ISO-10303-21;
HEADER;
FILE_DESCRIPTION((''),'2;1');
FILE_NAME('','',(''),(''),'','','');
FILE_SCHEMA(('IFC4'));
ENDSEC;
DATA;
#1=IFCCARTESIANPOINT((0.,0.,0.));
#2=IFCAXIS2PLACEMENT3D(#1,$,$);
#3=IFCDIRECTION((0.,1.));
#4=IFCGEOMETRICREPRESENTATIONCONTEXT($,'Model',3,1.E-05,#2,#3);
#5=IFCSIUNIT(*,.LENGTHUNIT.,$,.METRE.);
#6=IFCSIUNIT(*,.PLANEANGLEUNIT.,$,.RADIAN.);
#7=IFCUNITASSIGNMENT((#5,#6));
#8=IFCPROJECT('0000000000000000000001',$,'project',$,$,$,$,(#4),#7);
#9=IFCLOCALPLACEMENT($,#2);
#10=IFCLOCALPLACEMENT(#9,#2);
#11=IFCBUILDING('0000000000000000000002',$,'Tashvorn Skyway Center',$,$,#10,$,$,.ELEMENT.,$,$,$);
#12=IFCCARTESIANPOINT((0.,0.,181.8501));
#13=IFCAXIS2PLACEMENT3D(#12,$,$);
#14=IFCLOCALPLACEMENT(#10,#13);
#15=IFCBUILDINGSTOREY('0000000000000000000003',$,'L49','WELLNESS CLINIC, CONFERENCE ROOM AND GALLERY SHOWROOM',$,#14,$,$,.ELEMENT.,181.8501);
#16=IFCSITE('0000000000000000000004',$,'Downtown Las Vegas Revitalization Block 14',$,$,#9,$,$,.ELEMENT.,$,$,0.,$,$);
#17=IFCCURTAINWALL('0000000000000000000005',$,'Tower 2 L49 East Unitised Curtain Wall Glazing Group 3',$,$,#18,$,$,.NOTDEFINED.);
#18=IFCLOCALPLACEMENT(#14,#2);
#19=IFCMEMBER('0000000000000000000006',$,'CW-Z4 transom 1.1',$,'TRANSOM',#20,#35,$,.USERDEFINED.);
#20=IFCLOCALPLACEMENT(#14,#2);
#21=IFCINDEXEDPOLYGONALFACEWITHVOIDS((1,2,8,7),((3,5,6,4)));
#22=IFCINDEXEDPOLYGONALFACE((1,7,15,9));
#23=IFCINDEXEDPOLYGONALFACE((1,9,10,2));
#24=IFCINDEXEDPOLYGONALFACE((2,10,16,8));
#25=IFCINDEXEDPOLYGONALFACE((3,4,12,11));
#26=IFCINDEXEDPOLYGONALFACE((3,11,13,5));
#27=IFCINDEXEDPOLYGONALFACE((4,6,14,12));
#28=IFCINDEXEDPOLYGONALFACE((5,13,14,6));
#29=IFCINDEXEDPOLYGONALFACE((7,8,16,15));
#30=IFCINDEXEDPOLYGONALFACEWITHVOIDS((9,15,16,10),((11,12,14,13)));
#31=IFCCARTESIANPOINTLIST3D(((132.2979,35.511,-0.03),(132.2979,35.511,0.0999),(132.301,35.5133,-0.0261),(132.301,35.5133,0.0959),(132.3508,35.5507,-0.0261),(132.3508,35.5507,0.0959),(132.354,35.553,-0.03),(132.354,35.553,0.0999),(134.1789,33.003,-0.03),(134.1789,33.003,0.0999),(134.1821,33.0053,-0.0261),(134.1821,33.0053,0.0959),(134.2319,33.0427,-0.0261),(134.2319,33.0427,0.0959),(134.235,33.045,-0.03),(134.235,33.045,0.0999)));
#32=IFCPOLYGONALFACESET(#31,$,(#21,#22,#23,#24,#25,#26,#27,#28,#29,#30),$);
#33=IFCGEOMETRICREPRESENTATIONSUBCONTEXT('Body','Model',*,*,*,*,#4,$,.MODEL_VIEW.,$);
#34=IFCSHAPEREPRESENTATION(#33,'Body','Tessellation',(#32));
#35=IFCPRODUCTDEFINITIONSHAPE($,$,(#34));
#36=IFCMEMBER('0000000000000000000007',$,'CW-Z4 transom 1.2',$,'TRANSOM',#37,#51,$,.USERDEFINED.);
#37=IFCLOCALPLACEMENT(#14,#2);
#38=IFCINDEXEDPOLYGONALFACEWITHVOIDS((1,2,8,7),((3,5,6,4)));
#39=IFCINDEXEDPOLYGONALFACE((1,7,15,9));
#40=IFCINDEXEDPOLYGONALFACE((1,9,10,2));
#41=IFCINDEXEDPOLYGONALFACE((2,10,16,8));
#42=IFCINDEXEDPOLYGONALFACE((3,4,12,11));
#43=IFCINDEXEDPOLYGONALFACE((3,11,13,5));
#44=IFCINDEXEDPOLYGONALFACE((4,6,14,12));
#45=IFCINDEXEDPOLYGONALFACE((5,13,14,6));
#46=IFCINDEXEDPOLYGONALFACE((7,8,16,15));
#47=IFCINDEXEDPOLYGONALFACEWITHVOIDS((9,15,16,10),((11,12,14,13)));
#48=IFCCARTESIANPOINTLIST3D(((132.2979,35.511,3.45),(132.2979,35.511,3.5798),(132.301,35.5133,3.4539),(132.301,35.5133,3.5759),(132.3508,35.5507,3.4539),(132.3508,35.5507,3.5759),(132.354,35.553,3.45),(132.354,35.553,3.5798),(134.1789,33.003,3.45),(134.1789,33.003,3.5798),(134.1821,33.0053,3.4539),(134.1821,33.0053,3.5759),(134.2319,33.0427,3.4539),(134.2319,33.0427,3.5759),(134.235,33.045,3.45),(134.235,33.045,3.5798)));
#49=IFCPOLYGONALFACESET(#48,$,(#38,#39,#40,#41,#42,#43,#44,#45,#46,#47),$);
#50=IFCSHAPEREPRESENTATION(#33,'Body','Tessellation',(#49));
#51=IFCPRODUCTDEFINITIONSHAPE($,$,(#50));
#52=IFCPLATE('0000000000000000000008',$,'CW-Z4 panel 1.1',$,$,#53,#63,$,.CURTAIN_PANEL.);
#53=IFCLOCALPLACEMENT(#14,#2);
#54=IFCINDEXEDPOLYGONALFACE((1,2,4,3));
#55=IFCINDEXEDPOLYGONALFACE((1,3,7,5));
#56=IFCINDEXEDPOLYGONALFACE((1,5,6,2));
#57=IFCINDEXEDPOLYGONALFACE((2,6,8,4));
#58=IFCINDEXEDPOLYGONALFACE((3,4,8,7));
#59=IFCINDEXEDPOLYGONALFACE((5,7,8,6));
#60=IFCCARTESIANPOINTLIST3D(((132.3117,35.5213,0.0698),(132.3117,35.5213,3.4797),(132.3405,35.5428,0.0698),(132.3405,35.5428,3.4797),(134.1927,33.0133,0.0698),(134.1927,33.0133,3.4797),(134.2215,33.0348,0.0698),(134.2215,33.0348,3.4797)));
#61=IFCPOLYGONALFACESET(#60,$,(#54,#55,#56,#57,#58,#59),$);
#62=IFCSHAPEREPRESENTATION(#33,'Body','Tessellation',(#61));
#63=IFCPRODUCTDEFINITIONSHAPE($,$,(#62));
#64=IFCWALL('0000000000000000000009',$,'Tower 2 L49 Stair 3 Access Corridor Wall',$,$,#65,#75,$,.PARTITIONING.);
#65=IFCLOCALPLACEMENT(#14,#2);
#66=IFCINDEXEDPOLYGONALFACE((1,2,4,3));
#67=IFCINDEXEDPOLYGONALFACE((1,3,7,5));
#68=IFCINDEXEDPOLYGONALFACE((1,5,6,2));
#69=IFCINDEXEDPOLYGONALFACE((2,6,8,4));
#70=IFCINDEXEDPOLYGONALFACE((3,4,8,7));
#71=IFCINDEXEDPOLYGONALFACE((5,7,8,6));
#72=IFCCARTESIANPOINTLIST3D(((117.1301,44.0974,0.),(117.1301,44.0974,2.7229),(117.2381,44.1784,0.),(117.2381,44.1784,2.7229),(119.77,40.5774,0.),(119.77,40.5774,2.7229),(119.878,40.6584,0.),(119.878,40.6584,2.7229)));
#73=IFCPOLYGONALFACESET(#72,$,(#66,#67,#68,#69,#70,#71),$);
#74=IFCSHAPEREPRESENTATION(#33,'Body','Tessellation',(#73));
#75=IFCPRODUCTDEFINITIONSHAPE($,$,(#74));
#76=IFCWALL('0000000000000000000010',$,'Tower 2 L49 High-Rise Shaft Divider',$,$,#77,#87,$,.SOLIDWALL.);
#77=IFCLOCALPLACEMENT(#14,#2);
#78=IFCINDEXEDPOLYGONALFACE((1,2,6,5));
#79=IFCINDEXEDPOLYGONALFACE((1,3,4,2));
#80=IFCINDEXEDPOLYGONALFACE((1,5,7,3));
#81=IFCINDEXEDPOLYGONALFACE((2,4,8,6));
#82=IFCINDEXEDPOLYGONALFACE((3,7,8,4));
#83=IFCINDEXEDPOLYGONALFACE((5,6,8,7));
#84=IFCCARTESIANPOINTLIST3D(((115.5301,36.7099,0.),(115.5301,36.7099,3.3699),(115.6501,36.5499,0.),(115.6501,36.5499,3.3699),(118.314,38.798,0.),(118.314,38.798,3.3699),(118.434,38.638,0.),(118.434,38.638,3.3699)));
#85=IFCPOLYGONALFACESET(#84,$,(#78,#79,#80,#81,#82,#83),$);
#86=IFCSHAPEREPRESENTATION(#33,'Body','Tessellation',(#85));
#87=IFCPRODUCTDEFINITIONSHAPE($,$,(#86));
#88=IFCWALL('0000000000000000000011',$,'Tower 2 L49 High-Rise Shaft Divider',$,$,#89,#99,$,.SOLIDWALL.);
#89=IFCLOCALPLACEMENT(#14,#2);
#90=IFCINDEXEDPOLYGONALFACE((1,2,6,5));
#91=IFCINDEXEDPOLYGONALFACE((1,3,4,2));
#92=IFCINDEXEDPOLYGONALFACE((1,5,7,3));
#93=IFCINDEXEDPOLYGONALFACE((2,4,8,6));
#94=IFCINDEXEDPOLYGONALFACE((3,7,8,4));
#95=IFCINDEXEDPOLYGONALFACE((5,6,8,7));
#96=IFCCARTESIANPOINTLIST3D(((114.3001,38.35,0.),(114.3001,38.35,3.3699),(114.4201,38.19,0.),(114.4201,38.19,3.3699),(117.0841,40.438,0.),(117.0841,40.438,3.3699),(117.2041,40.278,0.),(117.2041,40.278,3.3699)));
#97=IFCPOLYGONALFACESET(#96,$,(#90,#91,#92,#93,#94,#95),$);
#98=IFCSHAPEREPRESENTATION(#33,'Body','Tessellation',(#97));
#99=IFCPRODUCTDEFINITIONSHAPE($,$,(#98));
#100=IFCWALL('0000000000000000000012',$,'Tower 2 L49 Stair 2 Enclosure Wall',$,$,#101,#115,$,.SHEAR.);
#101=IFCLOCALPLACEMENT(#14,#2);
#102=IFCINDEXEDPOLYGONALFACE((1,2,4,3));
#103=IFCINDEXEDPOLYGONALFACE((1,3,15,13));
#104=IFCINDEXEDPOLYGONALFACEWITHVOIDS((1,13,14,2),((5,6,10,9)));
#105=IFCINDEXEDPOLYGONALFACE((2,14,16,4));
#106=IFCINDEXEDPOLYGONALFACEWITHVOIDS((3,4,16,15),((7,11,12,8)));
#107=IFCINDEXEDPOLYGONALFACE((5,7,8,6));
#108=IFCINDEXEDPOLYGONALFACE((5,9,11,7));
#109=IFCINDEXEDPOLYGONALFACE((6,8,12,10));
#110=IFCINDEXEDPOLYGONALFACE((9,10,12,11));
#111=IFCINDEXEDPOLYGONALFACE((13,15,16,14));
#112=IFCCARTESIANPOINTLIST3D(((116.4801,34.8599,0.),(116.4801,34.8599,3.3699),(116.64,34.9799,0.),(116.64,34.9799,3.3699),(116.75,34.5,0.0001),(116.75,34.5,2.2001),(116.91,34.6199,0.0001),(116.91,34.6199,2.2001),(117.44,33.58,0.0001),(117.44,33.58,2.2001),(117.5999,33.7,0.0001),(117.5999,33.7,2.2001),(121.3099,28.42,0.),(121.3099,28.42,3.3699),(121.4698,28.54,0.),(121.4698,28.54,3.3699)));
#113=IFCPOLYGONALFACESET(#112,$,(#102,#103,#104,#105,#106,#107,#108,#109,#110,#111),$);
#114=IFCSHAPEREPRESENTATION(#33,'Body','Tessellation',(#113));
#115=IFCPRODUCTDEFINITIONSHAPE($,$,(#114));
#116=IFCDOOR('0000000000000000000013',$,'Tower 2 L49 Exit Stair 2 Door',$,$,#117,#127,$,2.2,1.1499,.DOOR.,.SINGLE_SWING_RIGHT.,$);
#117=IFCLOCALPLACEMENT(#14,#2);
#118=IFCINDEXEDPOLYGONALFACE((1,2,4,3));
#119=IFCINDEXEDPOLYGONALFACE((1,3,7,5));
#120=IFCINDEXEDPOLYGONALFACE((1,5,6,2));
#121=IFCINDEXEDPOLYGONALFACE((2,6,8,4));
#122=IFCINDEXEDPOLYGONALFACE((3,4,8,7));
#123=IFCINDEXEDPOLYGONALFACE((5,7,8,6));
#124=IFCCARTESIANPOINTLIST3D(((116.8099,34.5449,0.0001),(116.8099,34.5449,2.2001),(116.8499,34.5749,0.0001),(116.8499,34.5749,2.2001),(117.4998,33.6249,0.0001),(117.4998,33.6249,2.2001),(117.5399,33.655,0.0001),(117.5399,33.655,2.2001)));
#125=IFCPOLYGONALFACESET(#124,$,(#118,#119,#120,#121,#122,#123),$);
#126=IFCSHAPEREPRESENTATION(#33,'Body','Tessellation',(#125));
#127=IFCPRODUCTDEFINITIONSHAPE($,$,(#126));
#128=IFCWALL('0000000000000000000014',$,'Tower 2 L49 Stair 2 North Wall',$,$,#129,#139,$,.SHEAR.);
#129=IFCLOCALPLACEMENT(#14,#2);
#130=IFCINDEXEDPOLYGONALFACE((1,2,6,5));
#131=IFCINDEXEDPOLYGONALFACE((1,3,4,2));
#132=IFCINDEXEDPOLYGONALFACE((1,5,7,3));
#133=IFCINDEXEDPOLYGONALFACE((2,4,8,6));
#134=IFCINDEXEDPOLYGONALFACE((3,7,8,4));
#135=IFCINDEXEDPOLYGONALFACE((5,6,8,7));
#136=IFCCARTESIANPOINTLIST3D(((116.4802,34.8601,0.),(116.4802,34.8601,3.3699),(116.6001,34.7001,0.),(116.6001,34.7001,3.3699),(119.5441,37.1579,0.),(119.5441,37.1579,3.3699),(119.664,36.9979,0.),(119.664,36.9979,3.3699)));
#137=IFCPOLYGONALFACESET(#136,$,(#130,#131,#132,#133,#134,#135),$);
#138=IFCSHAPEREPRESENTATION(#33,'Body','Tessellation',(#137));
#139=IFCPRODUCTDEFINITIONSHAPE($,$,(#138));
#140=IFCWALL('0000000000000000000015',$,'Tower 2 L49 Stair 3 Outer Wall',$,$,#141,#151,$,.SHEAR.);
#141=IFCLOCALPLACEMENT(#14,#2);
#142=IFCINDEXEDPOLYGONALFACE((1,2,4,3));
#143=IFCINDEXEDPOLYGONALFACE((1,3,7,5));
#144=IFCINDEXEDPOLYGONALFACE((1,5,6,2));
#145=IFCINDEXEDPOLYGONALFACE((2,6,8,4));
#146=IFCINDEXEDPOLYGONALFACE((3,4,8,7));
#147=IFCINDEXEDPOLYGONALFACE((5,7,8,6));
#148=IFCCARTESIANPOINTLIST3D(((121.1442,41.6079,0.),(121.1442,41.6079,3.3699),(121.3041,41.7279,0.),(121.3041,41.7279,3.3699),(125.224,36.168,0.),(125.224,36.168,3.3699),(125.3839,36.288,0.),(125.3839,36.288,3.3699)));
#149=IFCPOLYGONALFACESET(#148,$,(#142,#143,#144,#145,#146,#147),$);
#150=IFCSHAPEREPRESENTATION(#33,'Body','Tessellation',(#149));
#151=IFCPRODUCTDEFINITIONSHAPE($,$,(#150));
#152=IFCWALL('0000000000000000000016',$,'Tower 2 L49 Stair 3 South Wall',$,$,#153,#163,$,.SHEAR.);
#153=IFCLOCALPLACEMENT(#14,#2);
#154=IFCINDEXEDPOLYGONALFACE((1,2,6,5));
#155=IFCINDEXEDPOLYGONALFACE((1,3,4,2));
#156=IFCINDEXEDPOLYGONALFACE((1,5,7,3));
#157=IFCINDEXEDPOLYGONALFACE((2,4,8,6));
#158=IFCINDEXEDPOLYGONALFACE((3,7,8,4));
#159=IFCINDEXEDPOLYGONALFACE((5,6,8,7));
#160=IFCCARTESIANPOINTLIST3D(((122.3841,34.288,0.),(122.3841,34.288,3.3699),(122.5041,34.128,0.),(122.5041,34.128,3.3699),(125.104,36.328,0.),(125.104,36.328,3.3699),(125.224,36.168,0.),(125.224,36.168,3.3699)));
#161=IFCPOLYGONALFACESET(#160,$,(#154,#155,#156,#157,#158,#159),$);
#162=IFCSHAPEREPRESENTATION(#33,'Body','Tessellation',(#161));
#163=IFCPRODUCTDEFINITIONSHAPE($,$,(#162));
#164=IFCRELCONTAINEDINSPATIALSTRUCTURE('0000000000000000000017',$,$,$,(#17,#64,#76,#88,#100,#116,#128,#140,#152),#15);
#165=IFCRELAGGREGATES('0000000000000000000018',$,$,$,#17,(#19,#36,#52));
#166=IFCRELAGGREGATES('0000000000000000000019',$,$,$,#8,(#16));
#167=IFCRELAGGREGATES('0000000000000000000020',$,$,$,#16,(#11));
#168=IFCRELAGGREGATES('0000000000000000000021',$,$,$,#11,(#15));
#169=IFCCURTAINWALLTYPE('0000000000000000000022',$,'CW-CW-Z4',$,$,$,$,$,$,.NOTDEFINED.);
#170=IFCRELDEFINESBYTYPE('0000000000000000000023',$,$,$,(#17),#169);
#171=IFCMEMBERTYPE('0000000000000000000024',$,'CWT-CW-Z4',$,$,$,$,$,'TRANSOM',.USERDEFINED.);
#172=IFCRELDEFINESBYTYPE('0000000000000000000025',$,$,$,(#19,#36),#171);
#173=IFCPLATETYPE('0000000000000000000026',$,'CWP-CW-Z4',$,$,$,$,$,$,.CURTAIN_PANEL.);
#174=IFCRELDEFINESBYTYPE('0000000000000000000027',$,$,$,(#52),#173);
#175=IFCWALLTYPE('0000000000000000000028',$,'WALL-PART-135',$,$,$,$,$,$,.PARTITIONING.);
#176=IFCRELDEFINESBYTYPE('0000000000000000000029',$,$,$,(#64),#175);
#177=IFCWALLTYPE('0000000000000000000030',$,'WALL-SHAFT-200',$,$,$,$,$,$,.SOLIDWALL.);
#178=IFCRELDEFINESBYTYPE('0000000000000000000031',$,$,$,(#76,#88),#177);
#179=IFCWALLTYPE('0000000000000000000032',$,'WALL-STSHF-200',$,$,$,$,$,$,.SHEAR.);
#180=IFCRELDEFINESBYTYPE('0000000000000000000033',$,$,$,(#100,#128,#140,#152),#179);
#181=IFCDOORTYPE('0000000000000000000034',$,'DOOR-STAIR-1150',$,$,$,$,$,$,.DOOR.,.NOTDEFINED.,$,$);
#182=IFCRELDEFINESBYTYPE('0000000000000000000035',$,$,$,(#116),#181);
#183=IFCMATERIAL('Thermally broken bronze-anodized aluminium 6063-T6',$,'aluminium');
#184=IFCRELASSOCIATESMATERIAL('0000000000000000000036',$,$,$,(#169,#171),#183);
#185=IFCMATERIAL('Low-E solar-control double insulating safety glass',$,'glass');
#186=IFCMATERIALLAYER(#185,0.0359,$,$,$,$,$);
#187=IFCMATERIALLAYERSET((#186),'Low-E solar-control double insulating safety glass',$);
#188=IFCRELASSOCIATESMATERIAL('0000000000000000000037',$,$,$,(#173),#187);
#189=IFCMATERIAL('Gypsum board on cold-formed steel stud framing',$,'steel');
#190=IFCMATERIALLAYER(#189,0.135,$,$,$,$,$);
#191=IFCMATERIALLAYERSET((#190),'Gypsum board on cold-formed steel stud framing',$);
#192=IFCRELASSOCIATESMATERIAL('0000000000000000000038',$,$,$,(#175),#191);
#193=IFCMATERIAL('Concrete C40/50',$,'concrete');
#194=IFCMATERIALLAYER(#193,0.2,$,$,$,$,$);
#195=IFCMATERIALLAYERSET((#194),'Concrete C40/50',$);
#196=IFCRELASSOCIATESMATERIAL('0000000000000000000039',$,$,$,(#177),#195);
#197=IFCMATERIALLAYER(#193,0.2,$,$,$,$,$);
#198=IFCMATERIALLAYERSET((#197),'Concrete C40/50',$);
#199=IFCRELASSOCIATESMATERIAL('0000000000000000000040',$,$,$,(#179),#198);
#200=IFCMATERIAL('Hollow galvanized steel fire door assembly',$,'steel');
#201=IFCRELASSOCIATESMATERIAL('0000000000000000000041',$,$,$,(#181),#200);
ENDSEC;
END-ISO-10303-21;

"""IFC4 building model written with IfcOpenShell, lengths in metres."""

from ifc_helpers import new_model, si_unit, direction, frame, frame_2d, origin, origin_2d, place, context, subcontext, project, spatial, rectangle, hollow_rectangle, extrude, material, layer, layer_set, material_profile, profile_set, type_object, element, fill, aggregate, save


model = new_model("IFC4")

# Units and contexts
model_context = context("Model", 3, precision=1e-05, world=origin(), true_north=direction((0.0, 1.0)))
body_context = subcontext(model_context, "Body", "Model", "MODEL_VIEW")
ifc_project = project(units=[si_unit("LENGTHUNIT", "METRE"), si_unit("PLANEANGLEUNIT", "RADIAN")], contexts=[model_context])

# Site, building, storey
site_placement = place(None, origin())
site = spatial("IfcSite", under=ifc_project, at=site_placement, Name="Downtown Las Vegas Revitalization Block 14", CompositionType="ELEMENT", RefElevation=0.0)
building_placement = place(site_placement, origin())
building = spatial("IfcBuilding", under=site, at=building_placement, Name="Tashvorn Skyway Center", CompositionType="ELEMENT")
storey_placement = place(building_placement, frame((0.0, 0.0, 181.8501)))
storey = spatial("IfcBuildingStorey", under=building, at=storey_placement, Name="L49", Description="WELLNESS CLINIC, CONFERENCE ROOM AND GALLERY SHOWROOM", CompositionType="ELEMENT", Elevation=181.8501)

# Shared definitions
ifc_material_1 = material(Name="Thermally broken bronze-anodized aluminium 6063-T6", Category="aluminium")
curtain_wall_type = type_object("IfcCurtainWallType", Name="CW-CW-Z4", PredefinedType="NOTDEFINED", material=ifc_material_1)

# Curtain wall, members, plate
curtain_wall_1_placement = place(storey_placement, origin())
curtain_wall_1 = element("IfcCurtainWall", 1, at=curtain_wall_1_placement, inside=storey, type_object=curtain_wall_type, Name="Tower 2 L49 East Unitised Curtain Wall Glazing Group 3", PredefinedType="NOTDEFINED")
ifc_material_profile_1 = material_profile(ifc_material_1, hollow_rectangle(XDim=0.0701, YDim=0.1299, WallThickness=0.0039, at=origin_2d()), Name="ALU-TRAN-70x130")
ifc_profile_set_1 = profile_set([ifc_material_profile_1], Name="Thermally broken bronze-anodized aluminium 6063-T6")
member_type_1 = type_object("IfcMemberType", Name="CWT-CW-Z4", ElementType="TRANSOM", PredefinedType="USERDEFINED", material=ifc_profile_set_1)
member_1_placement = place(storey_placement, frame((132.3259, 35.532, 0.0349), z_axis=(0.600012, -0.799991, 0.0), x_axis=(0.799991, 0.600012, 0.0)))
member_1 = element("IfcMember", 2, at=member_1_placement, type_object=member_type_1, Name="CW-Z4 transom 1.1", ObjectType="TRANSOM", PredefinedType="USERDEFINED", context=body_context, shape_type="SweptSolid", body=[
    extrude(hollow_rectangle(XDim=0.0701, YDim=0.1299, WallThickness=0.0039, at=origin_2d()), origin(), (0.0, 0.0, 1.0), 3.135),
])
member_2_placement = place(storey_placement, frame((132.3259, 35.532, 3.5149), z_axis=(0.600012, -0.799991, 0.0), x_axis=(0.799991, 0.600012, 0.0)))
member_2 = element("IfcMember", 3, at=member_2_placement, type_object=member_type_1, Name="CW-Z4 transom 1.2", ObjectType="TRANSOM", PredefinedType="USERDEFINED", context=body_context, shape_type="SweptSolid", body=[
    extrude(hollow_rectangle(XDim=0.0701, YDim=0.1299, WallThickness=0.0039, at=origin_2d()), origin(), (0.0, 0.0, 1.0), 3.135),
])
ifc_material_2 = material(Name="Low-E solar-control double insulating safety glass", Category="glass")
ifc_layer_1 = layer(ifc_material_2, 0.0359)
ifc_layer_set_1 = layer_set([ifc_layer_1], Name="Low-E solar-control double insulating safety glass")
plate_type = type_object("IfcPlateType", Name="CWP-CW-Z4", PredefinedType="CURTAIN_PANEL", material=ifc_layer_set_1)
plate_placement = place(storey_placement, frame((133.2666, 34.2781, 0.0698), z_axis=(0.0, 0.0, 1.0), x_axis=(0.6, -0.8, 0.0)))
plate = element("IfcPlate", 4, at=plate_placement, type_object=plate_type, Name="CW-Z4 panel 1.1", PredefinedType="CURTAIN_PANEL", context=body_context, shape_type="SweptSolid", body=[
    extrude(rectangle(XDim=3.135, YDim=0.0359, at=origin_2d()), origin(), (0.0, 0.0, 1.0), 3.4099),
])
aggregate(curtain_wall_1, [member_1, member_2, plate])

# Walls
ifc_material_3 = material(Name="Gypsum board on cold-formed steel stud framing", Category="steel")
ifc_layer_2 = layer(ifc_material_3, 0.135)
ifc_layer_set_2 = layer_set([ifc_layer_2], Name="Gypsum board on cold-formed steel stud framing")
wall_type_1 = type_object("IfcWallType", Name="WALL-PART-135", PredefinedType="PARTITIONING", material=ifc_layer_set_2)
wall_1_placement = place(storey_placement, frame((119.824, 40.6179, 0.0), z_axis=(0.0, 0.0, 1.0), x_axis=(-0.599982, 0.800013, 0.0)))
element("IfcWall", 5, at=wall_1_placement, inside=storey, type_object=wall_type_1, Name="Tower 2 L49 Stair 3 Access Corridor Wall", PredefinedType="PARTITIONING", context=body_context, shape_type="SweptSolid", body=[
    extrude(rectangle(XDim=4.3999, YDim=0.135, at=frame_2d((2.2, 0.0))), origin(), (0.0, 0.0, 1.0), 2.7229),
])
ifc_material_4 = material(Name="Concrete C40/50", Category="concrete")
ifc_layer_3 = layer(ifc_material_4, 0.2)
ifc_layer_set_3 = layer_set([ifc_layer_3], Name="Concrete C40/50")
wall_type_2 = type_object("IfcWallType", Name="WALL-SHAFT-200", PredefinedType="SOLIDWALL", material=ifc_layer_set_3)
for number, where, z_axis, x_axis, name in (
    (6, (115.5901, 36.6299, 0.0), (0.0, 0.0, 1.0), (0.799975, 0.600034, 0.0), "Tower 2 L49 High-Rise Shaft Divider"),
    (7, (114.3601, 38.27, 0.0), (0.0, 0.0, 1.0), (0.800008, 0.599989, 0.0), "Tower 2 L49 High-Rise Shaft Divider"),
):
    element("IfcWall", number, at=place(storey_placement, frame(where, z_axis=z_axis, x_axis=x_axis)), inside=storey, type_object=wall_type_2, Name=name, PredefinedType="SOLIDWALL", context=body_context, shape_type="SweptSolid", body=[
        extrude(rectangle(XDim=3.48, YDim=0.2, at=frame_2d((1.74, 0.0))), origin(), (0.0, 0.0, 1.0), 3.3699),
    ])

# Wall, opening, door
ifc_layer_4 = layer(ifc_material_4, 0.2)
ifc_layer_set_4 = layer_set([ifc_layer_4], Name="Concrete C40/50")
wall_type_3 = type_object("IfcWallType", Name="WALL-STSHF-200", PredefinedType="SHEAR", material=ifc_layer_set_4)
wall_2_placement = place(storey_placement, frame((116.5601, 34.9199, 0.0), z_axis=(0.0, 0.0, 1.0), x_axis=(0.59999, -0.800007, 0.0)))
wall_2 = element("IfcWall", 8, at=wall_2_placement, inside=storey, type_object=wall_type_3, Name="Tower 2 L49 Stair 2 Enclosure Wall", PredefinedType="SHEAR", context=body_context, shape_type="SweptSolid", body=[
    extrude(rectangle(XDim=8.0498, YDim=0.2, at=frame_2d((4.0249, 0.0))), origin(), (0.0, 0.0, 1.0), 3.3699),
])
opening_placement = place(wall_2_placement, frame((0.45, 0.0, 0.0)))
opening = element("IfcOpeningElement", 9, at=opening_placement, cuts=wall_2, PredefinedType="OPENING", context=body_context, shape_type="SweptSolid", body=[
    extrude(rectangle(XDim=1.1499, YDim=2.2, at=frame_2d((0.575, 1.1001))), frame((0.0, 0.1099, 0.0), z_axis=(0.0, -1.0, 0.0), x_axis=(1.0, 0.0, 0.0)), (0.0, 0.0, 1.0), 0.22),
])
ifc_material_5 = material(Name="Hollow galvanized steel fire door assembly", Category="steel")
door_type = type_object("IfcDoorType", Name="DOOR-STAIR-1150", OperationType="NOTDEFINED", PredefinedType="DOOR", material=ifc_material_5)
door_placement = place(opening_placement, origin())
door = element("IfcDoor", 10, at=door_placement, inside=storey, type_object=door_type, Name="Tower 2 L49 Exit Stair 2 Door", OperationType="SINGLE_SWING_RIGHT", OverallHeight=2.2, OverallWidth=1.1499, PredefinedType="DOOR", context=body_context, shape_type="SweptSolid", body=[
    extrude(rectangle(XDim=1.1499, YDim=2.2, at=frame_2d((0.575, 1.1001))), frame((0.0, 0.0249, 0.0), z_axis=(0.0, -1.0, 0.0), x_axis=(1.0, 0.0, 0.0)), (0.0, 0.0, 1.0), 0.05),
])
fill(opening, door)

# Walls
wall_3_placement = place(storey_placement, frame((116.54, 34.78, 0.0), z_axis=(0.0, 0.0, 1.0), x_axis=(0.800015, 0.59998, 0.0)))
element("IfcWall", 11, at=wall_3_placement, inside=storey, type_object=wall_type_3, Name="Tower 2 L49 Stair 2 North Wall", PredefinedType="SHEAR", context=body_context, shape_type="SweptSolid", body=[
    extrude(rectangle(XDim=3.8298, YDim=0.2, at=frame_2d((1.915, 0.0))), origin(), (0.0, 0.0, 1.0), 3.3699),
])
wall_4_placement = place(storey_placement, frame((125.304, 36.228, 0.0), z_axis=(0.0, 0.0, 1.0), x_axis=(-0.599989, 0.800009, 0.0)))
element("IfcWall", 12, at=wall_4_placement, inside=storey, type_object=wall_type_3, Name="Tower 2 L49 Stair 3 Outer Wall", PredefinedType="SHEAR", context=body_context, shape_type="SweptSolid", body=[
    extrude(rectangle(XDim=6.7998, YDim=0.2, at=frame_2d((3.3999, 0.0))), origin(), (0.0, 0.0, 1.0), 3.3699),
])
wall_5_placement = place(storey_placement, frame((122.4441, 34.208, 0.0), z_axis=(0.0, 0.0, 1.0), x_axis=(0.799991, 0.600011, 0.0)))
element("IfcWall", 13, at=wall_5_placement, inside=storey, type_object=wall_type_3, Name="Tower 2 L49 Stair 3 South Wall", PredefinedType="SHEAR", context=body_context, shape_type="SweptSolid", body=[
    extrude(rectangle(XDim=3.3999, YDim=0.2, at=frame_2d((1.7, 0.0))), origin(), (0.0, 0.0, 1.0), 3.3699),
])

save(model, "model.ifc")
